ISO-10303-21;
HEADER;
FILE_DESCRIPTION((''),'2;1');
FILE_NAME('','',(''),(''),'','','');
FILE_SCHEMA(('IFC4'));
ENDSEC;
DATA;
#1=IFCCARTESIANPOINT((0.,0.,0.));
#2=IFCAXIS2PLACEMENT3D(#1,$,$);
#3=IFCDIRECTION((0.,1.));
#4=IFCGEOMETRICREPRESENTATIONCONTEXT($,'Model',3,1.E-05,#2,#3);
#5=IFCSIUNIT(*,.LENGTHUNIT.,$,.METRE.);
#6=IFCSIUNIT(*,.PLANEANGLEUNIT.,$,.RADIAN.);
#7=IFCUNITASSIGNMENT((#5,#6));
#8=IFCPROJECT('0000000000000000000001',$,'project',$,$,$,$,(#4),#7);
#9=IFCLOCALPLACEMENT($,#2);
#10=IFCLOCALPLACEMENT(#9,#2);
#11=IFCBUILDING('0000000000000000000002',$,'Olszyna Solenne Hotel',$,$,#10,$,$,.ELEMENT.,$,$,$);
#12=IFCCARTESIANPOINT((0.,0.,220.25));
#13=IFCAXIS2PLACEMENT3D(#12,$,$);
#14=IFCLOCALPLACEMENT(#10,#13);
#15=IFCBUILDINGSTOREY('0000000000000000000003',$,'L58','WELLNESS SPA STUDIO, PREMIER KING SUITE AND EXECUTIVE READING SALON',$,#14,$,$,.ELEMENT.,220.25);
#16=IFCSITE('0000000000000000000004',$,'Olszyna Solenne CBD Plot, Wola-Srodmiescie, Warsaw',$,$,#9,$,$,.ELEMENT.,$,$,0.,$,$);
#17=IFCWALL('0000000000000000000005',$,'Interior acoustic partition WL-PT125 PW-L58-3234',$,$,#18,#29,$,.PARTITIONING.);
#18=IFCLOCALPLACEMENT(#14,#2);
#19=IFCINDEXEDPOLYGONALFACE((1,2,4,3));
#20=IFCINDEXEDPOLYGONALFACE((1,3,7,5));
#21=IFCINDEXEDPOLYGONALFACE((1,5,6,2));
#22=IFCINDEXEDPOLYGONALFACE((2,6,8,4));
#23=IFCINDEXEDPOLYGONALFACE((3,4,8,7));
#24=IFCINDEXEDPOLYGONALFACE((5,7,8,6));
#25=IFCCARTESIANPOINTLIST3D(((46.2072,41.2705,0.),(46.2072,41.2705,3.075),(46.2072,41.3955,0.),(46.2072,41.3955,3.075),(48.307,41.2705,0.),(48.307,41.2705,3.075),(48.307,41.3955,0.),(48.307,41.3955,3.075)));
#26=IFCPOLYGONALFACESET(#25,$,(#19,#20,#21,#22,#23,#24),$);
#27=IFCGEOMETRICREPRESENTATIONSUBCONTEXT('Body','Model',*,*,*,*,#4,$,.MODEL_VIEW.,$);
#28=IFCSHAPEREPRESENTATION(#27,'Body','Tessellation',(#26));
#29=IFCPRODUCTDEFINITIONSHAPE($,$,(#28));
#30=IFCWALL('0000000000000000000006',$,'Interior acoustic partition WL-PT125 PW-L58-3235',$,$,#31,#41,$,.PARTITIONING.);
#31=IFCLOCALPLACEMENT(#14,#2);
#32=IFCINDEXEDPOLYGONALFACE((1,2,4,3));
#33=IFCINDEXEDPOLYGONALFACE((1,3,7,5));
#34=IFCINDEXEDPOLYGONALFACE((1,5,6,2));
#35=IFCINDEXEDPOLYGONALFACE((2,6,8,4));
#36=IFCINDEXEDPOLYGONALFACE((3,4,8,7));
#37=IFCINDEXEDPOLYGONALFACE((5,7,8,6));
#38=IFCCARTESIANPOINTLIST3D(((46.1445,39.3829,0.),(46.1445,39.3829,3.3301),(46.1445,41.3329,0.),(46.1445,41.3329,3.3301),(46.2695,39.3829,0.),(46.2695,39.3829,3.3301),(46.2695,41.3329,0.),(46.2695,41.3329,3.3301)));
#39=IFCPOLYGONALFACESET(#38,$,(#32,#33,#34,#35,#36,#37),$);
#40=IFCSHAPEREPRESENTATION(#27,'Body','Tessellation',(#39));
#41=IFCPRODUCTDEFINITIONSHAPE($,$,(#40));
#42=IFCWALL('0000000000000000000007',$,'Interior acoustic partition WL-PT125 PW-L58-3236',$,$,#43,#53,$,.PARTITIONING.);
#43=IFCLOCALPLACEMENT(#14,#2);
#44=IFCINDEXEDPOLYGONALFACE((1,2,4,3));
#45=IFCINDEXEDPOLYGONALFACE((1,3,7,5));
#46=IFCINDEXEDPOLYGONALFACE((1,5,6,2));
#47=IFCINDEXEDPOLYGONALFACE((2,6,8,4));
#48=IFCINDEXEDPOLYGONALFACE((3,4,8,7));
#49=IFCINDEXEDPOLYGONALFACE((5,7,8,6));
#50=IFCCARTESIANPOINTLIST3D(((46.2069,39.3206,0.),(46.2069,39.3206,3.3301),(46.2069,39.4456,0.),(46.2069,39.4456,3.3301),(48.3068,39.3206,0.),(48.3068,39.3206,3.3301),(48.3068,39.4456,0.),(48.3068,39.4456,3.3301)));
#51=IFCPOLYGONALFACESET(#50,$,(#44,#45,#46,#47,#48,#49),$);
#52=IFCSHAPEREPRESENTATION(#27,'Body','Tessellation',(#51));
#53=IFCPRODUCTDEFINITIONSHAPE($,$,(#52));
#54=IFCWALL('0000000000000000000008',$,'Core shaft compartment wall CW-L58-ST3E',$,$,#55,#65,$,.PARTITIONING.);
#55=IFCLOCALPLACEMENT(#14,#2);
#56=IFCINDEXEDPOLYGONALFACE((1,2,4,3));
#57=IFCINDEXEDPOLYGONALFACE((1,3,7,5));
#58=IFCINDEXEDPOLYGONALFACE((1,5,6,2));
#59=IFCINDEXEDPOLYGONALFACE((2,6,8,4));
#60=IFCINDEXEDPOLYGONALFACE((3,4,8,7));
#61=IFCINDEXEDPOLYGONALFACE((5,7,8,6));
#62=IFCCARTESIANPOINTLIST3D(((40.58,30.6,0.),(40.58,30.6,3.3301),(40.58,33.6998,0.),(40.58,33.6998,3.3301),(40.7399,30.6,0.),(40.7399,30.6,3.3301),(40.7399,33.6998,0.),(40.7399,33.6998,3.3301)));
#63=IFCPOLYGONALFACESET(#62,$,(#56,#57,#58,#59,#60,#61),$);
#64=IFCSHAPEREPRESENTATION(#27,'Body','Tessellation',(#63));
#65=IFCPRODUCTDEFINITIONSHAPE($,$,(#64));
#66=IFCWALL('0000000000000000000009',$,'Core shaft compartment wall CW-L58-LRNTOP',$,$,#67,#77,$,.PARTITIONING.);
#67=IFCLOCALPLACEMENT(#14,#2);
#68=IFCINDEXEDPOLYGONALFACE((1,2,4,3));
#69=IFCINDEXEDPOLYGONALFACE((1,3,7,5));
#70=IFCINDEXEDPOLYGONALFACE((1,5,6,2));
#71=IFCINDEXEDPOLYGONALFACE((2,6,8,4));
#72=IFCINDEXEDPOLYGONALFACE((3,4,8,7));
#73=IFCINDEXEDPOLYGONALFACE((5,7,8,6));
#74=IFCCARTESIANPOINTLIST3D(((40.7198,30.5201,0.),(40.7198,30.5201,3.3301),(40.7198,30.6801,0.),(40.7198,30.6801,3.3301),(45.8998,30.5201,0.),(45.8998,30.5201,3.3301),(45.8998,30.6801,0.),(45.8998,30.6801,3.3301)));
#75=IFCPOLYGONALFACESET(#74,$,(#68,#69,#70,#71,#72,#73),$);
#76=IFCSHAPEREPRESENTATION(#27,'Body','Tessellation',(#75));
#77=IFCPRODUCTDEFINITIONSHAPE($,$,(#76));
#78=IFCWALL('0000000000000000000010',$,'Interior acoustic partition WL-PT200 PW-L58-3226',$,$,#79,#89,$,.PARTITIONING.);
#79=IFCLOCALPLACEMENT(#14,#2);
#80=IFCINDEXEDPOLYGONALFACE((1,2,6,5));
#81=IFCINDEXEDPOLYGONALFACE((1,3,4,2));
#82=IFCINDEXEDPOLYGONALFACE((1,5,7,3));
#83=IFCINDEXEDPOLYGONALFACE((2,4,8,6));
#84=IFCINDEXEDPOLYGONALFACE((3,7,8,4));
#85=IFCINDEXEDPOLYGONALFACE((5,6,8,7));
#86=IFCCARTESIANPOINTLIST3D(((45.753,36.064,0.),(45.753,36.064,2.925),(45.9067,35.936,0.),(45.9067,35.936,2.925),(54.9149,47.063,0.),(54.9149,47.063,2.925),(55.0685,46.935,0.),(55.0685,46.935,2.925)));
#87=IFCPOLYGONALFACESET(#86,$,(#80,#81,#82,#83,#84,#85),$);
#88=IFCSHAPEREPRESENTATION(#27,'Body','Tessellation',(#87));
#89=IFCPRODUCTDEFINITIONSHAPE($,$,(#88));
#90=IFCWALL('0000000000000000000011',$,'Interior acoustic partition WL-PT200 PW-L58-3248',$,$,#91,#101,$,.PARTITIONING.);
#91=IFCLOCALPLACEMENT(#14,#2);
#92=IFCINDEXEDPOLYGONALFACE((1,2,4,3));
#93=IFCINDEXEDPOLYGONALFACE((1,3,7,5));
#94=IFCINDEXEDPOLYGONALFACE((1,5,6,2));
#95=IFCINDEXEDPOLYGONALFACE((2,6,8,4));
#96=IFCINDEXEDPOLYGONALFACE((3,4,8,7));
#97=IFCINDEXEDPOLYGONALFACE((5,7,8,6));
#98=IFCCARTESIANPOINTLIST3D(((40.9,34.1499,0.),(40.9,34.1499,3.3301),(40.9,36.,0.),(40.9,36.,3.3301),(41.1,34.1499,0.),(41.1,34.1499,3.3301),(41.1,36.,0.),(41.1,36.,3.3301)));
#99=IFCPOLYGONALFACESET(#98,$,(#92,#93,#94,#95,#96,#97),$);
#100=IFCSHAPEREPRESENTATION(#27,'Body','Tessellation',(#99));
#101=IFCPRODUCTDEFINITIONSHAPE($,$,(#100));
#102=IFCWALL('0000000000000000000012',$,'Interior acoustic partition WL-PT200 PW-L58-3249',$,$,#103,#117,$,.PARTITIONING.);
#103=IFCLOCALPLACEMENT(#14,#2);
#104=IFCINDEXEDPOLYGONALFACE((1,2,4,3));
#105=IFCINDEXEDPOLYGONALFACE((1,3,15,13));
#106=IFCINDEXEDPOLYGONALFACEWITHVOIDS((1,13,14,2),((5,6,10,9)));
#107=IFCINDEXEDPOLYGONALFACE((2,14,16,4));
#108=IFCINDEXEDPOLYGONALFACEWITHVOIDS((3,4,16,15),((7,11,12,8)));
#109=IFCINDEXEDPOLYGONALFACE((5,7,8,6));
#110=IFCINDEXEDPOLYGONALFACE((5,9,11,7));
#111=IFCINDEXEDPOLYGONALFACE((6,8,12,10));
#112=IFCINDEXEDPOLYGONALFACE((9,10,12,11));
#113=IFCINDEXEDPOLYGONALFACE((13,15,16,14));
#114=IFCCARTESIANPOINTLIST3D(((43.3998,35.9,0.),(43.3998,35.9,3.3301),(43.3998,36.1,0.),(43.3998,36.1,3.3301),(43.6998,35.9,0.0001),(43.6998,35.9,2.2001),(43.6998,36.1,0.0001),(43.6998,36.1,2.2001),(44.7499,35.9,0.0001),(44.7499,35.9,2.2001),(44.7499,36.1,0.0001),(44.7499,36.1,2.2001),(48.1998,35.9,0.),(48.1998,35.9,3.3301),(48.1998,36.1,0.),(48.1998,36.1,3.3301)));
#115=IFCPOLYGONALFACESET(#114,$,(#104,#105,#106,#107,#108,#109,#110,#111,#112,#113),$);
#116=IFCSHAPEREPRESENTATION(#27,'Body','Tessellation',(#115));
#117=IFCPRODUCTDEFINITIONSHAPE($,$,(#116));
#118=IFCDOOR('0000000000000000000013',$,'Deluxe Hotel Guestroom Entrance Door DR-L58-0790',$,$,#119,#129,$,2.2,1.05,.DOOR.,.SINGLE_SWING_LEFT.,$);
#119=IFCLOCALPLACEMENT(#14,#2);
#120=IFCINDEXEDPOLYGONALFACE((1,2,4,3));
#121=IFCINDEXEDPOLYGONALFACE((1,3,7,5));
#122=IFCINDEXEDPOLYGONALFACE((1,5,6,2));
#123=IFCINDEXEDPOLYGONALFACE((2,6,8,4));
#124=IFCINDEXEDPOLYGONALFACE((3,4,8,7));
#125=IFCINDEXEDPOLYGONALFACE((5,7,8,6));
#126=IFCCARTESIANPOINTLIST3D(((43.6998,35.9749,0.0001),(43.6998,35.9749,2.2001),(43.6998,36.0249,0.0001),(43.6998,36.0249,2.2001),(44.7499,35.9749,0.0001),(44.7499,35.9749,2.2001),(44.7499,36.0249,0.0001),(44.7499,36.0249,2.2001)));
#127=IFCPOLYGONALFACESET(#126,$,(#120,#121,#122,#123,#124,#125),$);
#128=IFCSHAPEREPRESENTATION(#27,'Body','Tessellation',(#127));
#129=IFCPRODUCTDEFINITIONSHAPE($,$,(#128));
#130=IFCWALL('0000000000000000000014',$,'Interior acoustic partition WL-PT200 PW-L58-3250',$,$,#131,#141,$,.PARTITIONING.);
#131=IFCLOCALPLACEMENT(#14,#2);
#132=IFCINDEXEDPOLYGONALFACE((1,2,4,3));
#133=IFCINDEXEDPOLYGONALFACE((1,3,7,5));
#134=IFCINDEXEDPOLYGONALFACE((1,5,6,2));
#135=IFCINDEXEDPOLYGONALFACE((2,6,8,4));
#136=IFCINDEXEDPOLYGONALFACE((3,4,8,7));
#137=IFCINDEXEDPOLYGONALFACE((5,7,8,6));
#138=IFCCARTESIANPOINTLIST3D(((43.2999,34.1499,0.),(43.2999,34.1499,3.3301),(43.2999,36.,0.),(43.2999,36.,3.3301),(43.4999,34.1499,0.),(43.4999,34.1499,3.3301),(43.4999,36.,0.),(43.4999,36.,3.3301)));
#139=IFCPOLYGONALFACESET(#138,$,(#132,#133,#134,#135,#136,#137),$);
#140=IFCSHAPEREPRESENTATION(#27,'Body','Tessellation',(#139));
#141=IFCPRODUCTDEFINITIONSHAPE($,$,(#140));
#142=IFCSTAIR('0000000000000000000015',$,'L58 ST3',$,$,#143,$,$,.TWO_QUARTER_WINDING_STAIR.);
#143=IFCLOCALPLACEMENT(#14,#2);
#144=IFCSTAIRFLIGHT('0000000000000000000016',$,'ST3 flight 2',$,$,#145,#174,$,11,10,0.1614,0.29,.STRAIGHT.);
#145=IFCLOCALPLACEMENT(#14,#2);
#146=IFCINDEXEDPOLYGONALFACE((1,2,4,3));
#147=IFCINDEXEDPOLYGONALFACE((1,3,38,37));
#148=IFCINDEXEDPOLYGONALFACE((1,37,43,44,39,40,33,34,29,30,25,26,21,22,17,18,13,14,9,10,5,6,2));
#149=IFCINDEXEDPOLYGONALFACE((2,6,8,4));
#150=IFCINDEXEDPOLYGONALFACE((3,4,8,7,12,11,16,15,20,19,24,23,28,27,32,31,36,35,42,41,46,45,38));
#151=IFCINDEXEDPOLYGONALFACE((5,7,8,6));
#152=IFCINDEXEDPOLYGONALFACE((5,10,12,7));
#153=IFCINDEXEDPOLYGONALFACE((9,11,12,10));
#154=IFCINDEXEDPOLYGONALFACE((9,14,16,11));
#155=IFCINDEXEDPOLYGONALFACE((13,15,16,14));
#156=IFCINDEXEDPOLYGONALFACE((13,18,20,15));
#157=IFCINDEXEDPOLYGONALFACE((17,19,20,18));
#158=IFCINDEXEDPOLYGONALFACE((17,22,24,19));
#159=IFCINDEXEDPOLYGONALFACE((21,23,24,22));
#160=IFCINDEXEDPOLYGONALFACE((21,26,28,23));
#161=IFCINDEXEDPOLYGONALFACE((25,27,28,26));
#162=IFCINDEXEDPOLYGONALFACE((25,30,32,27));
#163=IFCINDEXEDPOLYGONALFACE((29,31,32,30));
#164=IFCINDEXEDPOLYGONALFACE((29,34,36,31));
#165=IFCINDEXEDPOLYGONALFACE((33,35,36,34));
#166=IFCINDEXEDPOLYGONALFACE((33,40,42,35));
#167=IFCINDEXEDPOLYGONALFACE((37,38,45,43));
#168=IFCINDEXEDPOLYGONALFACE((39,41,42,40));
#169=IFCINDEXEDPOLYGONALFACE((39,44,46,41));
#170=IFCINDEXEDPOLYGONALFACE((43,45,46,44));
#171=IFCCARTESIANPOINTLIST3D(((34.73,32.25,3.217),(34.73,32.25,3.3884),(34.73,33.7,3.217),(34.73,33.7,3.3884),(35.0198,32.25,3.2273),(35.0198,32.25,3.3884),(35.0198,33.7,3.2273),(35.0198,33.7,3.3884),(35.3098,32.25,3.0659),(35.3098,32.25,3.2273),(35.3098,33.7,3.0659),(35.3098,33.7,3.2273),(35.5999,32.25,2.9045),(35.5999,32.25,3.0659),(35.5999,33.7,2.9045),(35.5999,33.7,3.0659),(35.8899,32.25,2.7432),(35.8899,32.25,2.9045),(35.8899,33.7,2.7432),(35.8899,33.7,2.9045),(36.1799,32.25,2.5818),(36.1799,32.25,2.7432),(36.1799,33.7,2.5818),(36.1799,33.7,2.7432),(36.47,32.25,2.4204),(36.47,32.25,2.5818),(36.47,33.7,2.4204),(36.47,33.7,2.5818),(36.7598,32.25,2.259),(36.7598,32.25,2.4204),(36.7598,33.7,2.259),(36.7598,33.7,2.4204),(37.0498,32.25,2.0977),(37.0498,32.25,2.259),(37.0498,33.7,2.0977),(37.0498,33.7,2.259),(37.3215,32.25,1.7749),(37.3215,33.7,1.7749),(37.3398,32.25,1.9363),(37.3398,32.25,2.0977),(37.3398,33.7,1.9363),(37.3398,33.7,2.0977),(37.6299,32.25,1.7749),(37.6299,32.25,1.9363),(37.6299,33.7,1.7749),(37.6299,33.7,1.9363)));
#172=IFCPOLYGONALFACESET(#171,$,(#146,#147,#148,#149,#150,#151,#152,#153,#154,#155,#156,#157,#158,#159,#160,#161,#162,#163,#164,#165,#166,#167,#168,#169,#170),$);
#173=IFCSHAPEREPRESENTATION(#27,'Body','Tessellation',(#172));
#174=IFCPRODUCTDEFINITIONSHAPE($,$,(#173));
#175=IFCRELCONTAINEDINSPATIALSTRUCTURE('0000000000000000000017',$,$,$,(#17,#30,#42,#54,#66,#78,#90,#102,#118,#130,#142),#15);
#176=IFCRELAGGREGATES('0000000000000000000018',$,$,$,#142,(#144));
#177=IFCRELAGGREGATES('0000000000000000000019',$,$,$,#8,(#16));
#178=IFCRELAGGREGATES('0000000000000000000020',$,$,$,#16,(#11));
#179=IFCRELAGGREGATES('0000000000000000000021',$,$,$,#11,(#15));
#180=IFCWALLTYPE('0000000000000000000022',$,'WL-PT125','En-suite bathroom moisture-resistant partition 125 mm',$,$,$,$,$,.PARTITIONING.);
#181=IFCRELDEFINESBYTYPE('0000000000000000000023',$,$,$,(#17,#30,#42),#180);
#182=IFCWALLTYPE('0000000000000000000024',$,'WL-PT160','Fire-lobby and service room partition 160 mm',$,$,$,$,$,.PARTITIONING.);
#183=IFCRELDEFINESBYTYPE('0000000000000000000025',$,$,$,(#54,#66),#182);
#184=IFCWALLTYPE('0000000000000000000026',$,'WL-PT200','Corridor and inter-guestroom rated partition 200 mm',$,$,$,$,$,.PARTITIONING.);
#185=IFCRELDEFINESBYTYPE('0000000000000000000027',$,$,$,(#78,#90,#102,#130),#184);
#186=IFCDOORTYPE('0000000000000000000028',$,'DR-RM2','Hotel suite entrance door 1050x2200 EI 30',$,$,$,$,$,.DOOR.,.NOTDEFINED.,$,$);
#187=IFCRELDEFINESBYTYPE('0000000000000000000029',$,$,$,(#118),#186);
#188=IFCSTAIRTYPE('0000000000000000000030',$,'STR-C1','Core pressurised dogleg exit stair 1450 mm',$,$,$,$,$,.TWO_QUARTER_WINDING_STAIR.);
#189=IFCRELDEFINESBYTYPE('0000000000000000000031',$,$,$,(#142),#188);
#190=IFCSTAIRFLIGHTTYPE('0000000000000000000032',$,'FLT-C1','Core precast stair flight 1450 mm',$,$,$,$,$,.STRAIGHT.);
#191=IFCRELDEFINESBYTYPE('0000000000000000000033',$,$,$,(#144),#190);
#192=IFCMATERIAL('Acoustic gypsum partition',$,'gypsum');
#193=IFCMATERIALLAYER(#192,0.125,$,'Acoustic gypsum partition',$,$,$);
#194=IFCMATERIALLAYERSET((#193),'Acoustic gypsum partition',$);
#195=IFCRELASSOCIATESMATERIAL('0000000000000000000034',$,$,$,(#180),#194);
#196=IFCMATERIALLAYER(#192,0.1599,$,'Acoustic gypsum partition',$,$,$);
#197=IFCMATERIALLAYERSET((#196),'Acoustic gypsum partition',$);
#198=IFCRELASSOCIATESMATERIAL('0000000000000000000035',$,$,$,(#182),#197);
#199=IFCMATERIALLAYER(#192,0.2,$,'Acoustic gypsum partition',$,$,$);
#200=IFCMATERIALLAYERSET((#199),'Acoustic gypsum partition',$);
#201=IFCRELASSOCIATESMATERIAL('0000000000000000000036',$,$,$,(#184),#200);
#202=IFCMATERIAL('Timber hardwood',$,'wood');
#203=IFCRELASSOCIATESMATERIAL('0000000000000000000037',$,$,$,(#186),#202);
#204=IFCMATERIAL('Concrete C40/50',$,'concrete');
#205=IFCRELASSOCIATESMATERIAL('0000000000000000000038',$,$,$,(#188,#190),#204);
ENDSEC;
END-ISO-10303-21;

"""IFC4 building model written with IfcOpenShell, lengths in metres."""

from ifc_helpers import new_model, si_unit, direction, frame, frame_2d, origin, place, context, subcontext, project, spatial, polyline, rectangle, outline, extrude, source, transform, mapped, material, layer, layer_set, type_object, type_shapes, element, fill, aggregate, save


model = new_model("IFC4")

# Units and contexts
model_context = context("Model", 3, precision=1e-05, world=origin(), true_north=direction((0.0, 1.0)))
body_context = subcontext(model_context, "Body", "Model", "MODEL_VIEW")
ifc_project = project(units=[si_unit("LENGTHUNIT", "METRE"), si_unit("PLANEANGLEUNIT", "RADIAN")], contexts=[model_context])

# Site, building, storey
site_placement = place(None, origin())
site = spatial("IfcSite", under=ifc_project, at=site_placement, Name="Olszyna Solenne CBD Plot, Wola-Srodmiescie, Warsaw", CompositionType="ELEMENT", RefElevation=0.0)
building_placement = place(site_placement, origin())
building = spatial("IfcBuilding", under=site, at=building_placement, Name="Olszyna Solenne Hotel", CompositionType="ELEMENT")
storey_placement = place(building_placement, frame((0.0, 0.0, 220.25)))
storey = spatial("IfcBuildingStorey", under=building, at=storey_placement, Name="L58", Description="WELLNESS SPA STUDIO, PREMIER KING SUITE AND EXECUTIVE READING SALON", CompositionType="ELEMENT", Elevation=220.25)

# Shared definitions
ifc_material_1 = material(Name="Timber hardwood", Category="wood")

# Shared definitions
ifc_material_2 = material(Name="Acoustic gypsum partition", Category="gypsum")
ifc_layer_1 = layer(ifc_material_2, 0.125, Name="Acoustic gypsum partition")
ifc_layer_set_1 = layer_set([ifc_layer_1], Name="Acoustic gypsum partition")
wall_type_1 = type_object("IfcWallType", Name="WL-PT125", Description="En-suite bathroom moisture-resistant partition 125 mm", PredefinedType="PARTITIONING", material=ifc_layer_set_1)

# Walls
wall_1_placement = place(storey_placement, frame((48.3069, 41.333, 0.0), z_axis=(0.0, 0.0, 1.0), x_axis=(-1.0, 0.0, 0.0)))
element("IfcWall", 1, at=wall_1_placement, inside=storey, type_object=wall_type_1, Name="Interior acoustic partition WL-PT125 PW-L58-3234", PredefinedType="PARTITIONING", context=body_context, shape_type="SweptSolid", body=[
    extrude(rectangle(XDim=2.0999, YDim=0.125, at=frame_2d((1.0498, 0.0))), origin(), (0.0, 0.0, 1.0), 3.075),
])
wall_2_placement = place(storey_placement, frame((46.207, 41.333, 0.0), z_axis=(0.0, 0.0, 1.0), x_axis=(0.0, -1.0, 0.0)))
element("IfcWall", 2, at=wall_2_placement, inside=storey, type_object=wall_type_1, Name="Interior acoustic partition WL-PT125 PW-L58-3235", PredefinedType="PARTITIONING", context=body_context, shape_type="SweptSolid", body=[
    extrude(rectangle(XDim=1.95, YDim=0.125, at=frame_2d((0.9751, 0.0))), origin(), (0.0, 0.0, 1.0), 3.3301),
])
wall_3_placement = place(storey_placement, frame((46.207, 39.3831, 0.0), z_axis=(0.0, 0.0, 1.0), x_axis=(1.0, 0.0, 0.0)))
element("IfcWall", 3, at=wall_3_placement, inside=storey, type_object=wall_type_1, Name="Interior acoustic partition WL-PT125 PW-L58-3236", PredefinedType="PARTITIONING", context=body_context, shape_type="SweptSolid", body=[
    extrude(rectangle(XDim=2.0999, YDim=0.125, at=frame_2d((1.0498, 0.0))), origin(), (0.0, 0.0, 1.0), 3.3301),
])
ifc_layer_2 = layer(ifc_material_2, 0.1599, Name="Acoustic gypsum partition")
ifc_layer_set_2 = layer_set([ifc_layer_2], Name="Acoustic gypsum partition")
wall_type_2 = type_object("IfcWallType", Name="WL-PT160", Description="Fire-lobby and service room partition 160 mm", PredefinedType="PARTITIONING", material=ifc_layer_set_2)
wall_4_placement = place(storey_placement, frame((40.6599, 30.6001, 0.0), z_axis=(0.0, 0.0, 1.0), x_axis=(0.0, 1.0, 0.0)))
element("IfcWall", 4, at=wall_4_placement, inside=storey, type_object=wall_type_2, Name="Core shaft compartment wall CW-L58-ST3E", PredefinedType="PARTITIONING", context=body_context, shape_type="SweptSolid", body=[
    extrude(rectangle(XDim=3.0999, YDim=0.1599, at=frame_2d((1.5498, 0.0))), origin(), (0.0, 0.0, 1.0), 3.3301),
])
wall_5_placement = place(storey_placement, frame((40.72, 30.6001, 0.0), z_axis=(0.0, 0.0, 1.0), x_axis=(1.0, 0.0, 0.0)))
element("IfcWall", 5, at=wall_5_placement, inside=storey, type_object=wall_type_2, Name="Core shaft compartment wall CW-L58-LRNTOP", PredefinedType="PARTITIONING", context=body_context, shape_type="SweptSolid", body=[
    extrude(rectangle(XDim=5.1799, YDim=0.1599, at=frame_2d((2.5898, 0.0))), origin(), (0.0, 0.0, 1.0), 3.3301),
])
ifc_layer_3 = layer(ifc_material_2, 0.2, Name="Acoustic gypsum partition")
ifc_layer_set_3 = layer_set([ifc_layer_3], Name="Acoustic gypsum partition")
wall_type_3 = type_object("IfcWallType", Name="WL-PT200", Description="Corridor and inter-guestroom rated partition 200 mm", PredefinedType="PARTITIONING", material=ifc_layer_set_3)
wall_6_placement = place(storey_placement, frame((45.8298, 36.0, 0.0), z_axis=(0.0, 0.0, 1.0), x_axis=(0.64002, 0.768358, 0.0)))
element("IfcWall", 6, at=wall_6_placement, inside=storey, type_object=wall_type_3, Name="Interior acoustic partition WL-PT200 PW-L58-3226", PredefinedType="PARTITIONING", context=body_context, shape_type="SweptSolid", body=[
    extrude(rectangle(XDim=14.3149, YDim=0.2, at=frame_2d((7.1575, 0.0))), origin(), (0.0, 0.0, 1.0), 2.925),
])
wall_7_placement = place(storey_placement, frame((41.0, 34.1499, 0.0), z_axis=(0.0, 0.0, 1.0), x_axis=(0.0, 1.0, 0.0)))
element("IfcWall", 7, at=wall_7_placement, inside=storey, type_object=wall_type_3, Name="Interior acoustic partition WL-PT200 PW-L58-3248", PredefinedType="PARTITIONING", context=body_context, shape_type="SweptSolid", body=[
    extrude(rectangle(XDim=1.8501, YDim=0.2, at=frame_2d((0.925, 0.0))), origin(), (0.0, 0.0, 1.0), 3.3301),
])

# Wall, opening, door
wall_8_placement = place(storey_placement, frame((43.3999, 36.0, 0.0), z_axis=(0.0, 0.0, 1.0), x_axis=(1.0, 0.0, 0.0)))
wall_8 = element("IfcWall", 8, at=wall_8_placement, inside=storey, type_object=wall_type_3, Name="Interior acoustic partition WL-PT200 PW-L58-3249", PredefinedType="PARTITIONING", context=body_context, shape_type="SweptSolid", body=[
    extrude(rectangle(XDim=4.8, YDim=0.2, at=frame_2d((2.3999, 0.0))), origin(), (0.0, 0.0, 1.0), 3.3301),
])
opening_1_placement = place(wall_8_placement, frame((0.3, 0.0, 0.0)))
opening_1 = element("IfcOpeningElement", 9, at=opening_1_placement, cuts=wall_8, PredefinedType="OPENING", context=body_context, shape_type="SweptSolid", body=[
    extrude(rectangle(XDim=1.05, YDim=2.2, at=frame_2d((0.5249, 1.1001))), frame((0.0, 0.1099, 0.0), z_axis=(0.0, -1.0, 0.0), x_axis=(1.0, 0.0, 0.0)), (0.0, 0.0, 1.0), 0.22),
])
door_type_1 = type_object("IfcDoorType", Name="DR-RM2", Description="Hotel suite entrance door 1050x2200 EI 30", OperationType="NOTDEFINED", PredefinedType="DOOR", material=ifc_material_1)
shared_shape_1 = source(origin(), body_context, "Body", "SweptSolid", [
    extrude(rectangle(XDim=1.05, YDim=2.2, at=frame_2d((0.5249, 1.1001))), frame((0.0, 0.0249, 0.0), z_axis=(0.0, -1.0, 0.0), x_axis=(1.0, 0.0, 0.0)), (0.0, 0.0, 1.0), 0.05),
])
type_shapes(door_type_1, [shared_shape_1])
door_1_placement = place(opening_1_placement, origin())
door_1 = element("IfcDoor", 10, at=door_1_placement, inside=storey, type_object=door_type_1, Name="Deluxe Hotel Guestroom Entrance Door DR-L58-0790", OperationType="SINGLE_SWING_LEFT", OverallHeight=2.2, OverallWidth=1.05, PredefinedType="DOOR", context=body_context, shape_type="MappedRepresentation", body=[
    mapped(shared_shape_1, transform((0.0, 0.0, 0.0), x_axis=(1.0, 0.0, 0.0), y_axis=(0.0, 1.0, 0.0), z_axis=(0.0, 0.0, 1.0), scale=1.0)),
])
fill(opening_1, door_1)

# Wall
wall_9_placement = place(storey_placement, frame((43.3999, 34.1499, 0.0), z_axis=(0.0, 0.0, 1.0), x_axis=(0.0, 1.0, 0.0)))
element("IfcWall", 11, at=wall_9_placement, inside=storey, type_object=wall_type_3, Name="Interior acoustic partition WL-PT200 PW-L58-3250", PredefinedType="PARTITIONING", context=body_context, shape_type="SweptSolid", body=[
    extrude(rectangle(XDim=1.8501, YDim=0.2, at=frame_2d((0.925, 0.0))), origin(), (0.0, 0.0, 1.0), 3.3301),
])

# Stair, stair flight
ifc_material_3 = material(Name="Concrete C40/50", Category="concrete")
stair_type = type_object("IfcStairType", Name="STR-C1", Description="Core pressurised dogleg exit stair 1450 mm", PredefinedType="TWO_QUARTER_WINDING_STAIR", material=ifc_material_3)
stair_placement = place(storey_placement, origin())
stair = element("IfcStair", 12, at=stair_placement, inside=storey, type_object=stair_type, Name="L58 ST3", PredefinedType="TWO_QUARTER_WINDING_STAIR")
stair_flight_type = type_object("IfcStairFlightType", Name="FLT-C1", Description="Core precast stair flight 1450 mm", PredefinedType="STRAIGHT", material=ifc_material_3)
stair_flight_placement = place(storey_placement, frame((37.6299, 32.9751, 1.7749), z_axis=(0.0, 0.0, 1.0), x_axis=(-1.0, 0.0, 0.0)))
stair_flight = element("IfcStairFlight", 13, at=stair_flight_placement, type_object=stair_flight_type, Name="ST3 flight 2", NumberOfRisers=11, NumberOfTreads=10, PredefinedType="STRAIGHT", RiserHeight=0.1614, TreadLength=0.29, context=body_context, shape_type="SweptSolid", body=[
    extrude(outline(polyline([(0.0, 0.0), (0.0, 0.1614), (0.29, 0.1614), (0.29, 0.3228), (0.5801, 0.3228), (0.5801, 0.4841), (0.8701, 0.4841), (0.8701, 0.6455), (1.1599, 0.6455), (1.1599, 0.8069), (1.45, 0.8069), (1.45, 0.9683), (1.74, 0.9683), (1.74, 1.1296), (2.03, 1.1296), (2.03, 1.291), (2.3201, 1.291), (2.3201, 1.4524), (2.6101, 1.4524), (2.6101, 1.6135), (2.8999, 1.6135), (2.8999, 1.7749), (2.8999, 1.4421), (0.3083, 0.0), (0.0, 0.0)])), frame((0.0, 0.7251, 0.0), z_axis=(0.0, -1.0, 0.0), x_axis=(1.0, 0.0, 0.0)), (0.0, 0.0, 1.0), 1.45),
])
aggregate(stair, [stair_flight])

save(model, "model.ifc")
